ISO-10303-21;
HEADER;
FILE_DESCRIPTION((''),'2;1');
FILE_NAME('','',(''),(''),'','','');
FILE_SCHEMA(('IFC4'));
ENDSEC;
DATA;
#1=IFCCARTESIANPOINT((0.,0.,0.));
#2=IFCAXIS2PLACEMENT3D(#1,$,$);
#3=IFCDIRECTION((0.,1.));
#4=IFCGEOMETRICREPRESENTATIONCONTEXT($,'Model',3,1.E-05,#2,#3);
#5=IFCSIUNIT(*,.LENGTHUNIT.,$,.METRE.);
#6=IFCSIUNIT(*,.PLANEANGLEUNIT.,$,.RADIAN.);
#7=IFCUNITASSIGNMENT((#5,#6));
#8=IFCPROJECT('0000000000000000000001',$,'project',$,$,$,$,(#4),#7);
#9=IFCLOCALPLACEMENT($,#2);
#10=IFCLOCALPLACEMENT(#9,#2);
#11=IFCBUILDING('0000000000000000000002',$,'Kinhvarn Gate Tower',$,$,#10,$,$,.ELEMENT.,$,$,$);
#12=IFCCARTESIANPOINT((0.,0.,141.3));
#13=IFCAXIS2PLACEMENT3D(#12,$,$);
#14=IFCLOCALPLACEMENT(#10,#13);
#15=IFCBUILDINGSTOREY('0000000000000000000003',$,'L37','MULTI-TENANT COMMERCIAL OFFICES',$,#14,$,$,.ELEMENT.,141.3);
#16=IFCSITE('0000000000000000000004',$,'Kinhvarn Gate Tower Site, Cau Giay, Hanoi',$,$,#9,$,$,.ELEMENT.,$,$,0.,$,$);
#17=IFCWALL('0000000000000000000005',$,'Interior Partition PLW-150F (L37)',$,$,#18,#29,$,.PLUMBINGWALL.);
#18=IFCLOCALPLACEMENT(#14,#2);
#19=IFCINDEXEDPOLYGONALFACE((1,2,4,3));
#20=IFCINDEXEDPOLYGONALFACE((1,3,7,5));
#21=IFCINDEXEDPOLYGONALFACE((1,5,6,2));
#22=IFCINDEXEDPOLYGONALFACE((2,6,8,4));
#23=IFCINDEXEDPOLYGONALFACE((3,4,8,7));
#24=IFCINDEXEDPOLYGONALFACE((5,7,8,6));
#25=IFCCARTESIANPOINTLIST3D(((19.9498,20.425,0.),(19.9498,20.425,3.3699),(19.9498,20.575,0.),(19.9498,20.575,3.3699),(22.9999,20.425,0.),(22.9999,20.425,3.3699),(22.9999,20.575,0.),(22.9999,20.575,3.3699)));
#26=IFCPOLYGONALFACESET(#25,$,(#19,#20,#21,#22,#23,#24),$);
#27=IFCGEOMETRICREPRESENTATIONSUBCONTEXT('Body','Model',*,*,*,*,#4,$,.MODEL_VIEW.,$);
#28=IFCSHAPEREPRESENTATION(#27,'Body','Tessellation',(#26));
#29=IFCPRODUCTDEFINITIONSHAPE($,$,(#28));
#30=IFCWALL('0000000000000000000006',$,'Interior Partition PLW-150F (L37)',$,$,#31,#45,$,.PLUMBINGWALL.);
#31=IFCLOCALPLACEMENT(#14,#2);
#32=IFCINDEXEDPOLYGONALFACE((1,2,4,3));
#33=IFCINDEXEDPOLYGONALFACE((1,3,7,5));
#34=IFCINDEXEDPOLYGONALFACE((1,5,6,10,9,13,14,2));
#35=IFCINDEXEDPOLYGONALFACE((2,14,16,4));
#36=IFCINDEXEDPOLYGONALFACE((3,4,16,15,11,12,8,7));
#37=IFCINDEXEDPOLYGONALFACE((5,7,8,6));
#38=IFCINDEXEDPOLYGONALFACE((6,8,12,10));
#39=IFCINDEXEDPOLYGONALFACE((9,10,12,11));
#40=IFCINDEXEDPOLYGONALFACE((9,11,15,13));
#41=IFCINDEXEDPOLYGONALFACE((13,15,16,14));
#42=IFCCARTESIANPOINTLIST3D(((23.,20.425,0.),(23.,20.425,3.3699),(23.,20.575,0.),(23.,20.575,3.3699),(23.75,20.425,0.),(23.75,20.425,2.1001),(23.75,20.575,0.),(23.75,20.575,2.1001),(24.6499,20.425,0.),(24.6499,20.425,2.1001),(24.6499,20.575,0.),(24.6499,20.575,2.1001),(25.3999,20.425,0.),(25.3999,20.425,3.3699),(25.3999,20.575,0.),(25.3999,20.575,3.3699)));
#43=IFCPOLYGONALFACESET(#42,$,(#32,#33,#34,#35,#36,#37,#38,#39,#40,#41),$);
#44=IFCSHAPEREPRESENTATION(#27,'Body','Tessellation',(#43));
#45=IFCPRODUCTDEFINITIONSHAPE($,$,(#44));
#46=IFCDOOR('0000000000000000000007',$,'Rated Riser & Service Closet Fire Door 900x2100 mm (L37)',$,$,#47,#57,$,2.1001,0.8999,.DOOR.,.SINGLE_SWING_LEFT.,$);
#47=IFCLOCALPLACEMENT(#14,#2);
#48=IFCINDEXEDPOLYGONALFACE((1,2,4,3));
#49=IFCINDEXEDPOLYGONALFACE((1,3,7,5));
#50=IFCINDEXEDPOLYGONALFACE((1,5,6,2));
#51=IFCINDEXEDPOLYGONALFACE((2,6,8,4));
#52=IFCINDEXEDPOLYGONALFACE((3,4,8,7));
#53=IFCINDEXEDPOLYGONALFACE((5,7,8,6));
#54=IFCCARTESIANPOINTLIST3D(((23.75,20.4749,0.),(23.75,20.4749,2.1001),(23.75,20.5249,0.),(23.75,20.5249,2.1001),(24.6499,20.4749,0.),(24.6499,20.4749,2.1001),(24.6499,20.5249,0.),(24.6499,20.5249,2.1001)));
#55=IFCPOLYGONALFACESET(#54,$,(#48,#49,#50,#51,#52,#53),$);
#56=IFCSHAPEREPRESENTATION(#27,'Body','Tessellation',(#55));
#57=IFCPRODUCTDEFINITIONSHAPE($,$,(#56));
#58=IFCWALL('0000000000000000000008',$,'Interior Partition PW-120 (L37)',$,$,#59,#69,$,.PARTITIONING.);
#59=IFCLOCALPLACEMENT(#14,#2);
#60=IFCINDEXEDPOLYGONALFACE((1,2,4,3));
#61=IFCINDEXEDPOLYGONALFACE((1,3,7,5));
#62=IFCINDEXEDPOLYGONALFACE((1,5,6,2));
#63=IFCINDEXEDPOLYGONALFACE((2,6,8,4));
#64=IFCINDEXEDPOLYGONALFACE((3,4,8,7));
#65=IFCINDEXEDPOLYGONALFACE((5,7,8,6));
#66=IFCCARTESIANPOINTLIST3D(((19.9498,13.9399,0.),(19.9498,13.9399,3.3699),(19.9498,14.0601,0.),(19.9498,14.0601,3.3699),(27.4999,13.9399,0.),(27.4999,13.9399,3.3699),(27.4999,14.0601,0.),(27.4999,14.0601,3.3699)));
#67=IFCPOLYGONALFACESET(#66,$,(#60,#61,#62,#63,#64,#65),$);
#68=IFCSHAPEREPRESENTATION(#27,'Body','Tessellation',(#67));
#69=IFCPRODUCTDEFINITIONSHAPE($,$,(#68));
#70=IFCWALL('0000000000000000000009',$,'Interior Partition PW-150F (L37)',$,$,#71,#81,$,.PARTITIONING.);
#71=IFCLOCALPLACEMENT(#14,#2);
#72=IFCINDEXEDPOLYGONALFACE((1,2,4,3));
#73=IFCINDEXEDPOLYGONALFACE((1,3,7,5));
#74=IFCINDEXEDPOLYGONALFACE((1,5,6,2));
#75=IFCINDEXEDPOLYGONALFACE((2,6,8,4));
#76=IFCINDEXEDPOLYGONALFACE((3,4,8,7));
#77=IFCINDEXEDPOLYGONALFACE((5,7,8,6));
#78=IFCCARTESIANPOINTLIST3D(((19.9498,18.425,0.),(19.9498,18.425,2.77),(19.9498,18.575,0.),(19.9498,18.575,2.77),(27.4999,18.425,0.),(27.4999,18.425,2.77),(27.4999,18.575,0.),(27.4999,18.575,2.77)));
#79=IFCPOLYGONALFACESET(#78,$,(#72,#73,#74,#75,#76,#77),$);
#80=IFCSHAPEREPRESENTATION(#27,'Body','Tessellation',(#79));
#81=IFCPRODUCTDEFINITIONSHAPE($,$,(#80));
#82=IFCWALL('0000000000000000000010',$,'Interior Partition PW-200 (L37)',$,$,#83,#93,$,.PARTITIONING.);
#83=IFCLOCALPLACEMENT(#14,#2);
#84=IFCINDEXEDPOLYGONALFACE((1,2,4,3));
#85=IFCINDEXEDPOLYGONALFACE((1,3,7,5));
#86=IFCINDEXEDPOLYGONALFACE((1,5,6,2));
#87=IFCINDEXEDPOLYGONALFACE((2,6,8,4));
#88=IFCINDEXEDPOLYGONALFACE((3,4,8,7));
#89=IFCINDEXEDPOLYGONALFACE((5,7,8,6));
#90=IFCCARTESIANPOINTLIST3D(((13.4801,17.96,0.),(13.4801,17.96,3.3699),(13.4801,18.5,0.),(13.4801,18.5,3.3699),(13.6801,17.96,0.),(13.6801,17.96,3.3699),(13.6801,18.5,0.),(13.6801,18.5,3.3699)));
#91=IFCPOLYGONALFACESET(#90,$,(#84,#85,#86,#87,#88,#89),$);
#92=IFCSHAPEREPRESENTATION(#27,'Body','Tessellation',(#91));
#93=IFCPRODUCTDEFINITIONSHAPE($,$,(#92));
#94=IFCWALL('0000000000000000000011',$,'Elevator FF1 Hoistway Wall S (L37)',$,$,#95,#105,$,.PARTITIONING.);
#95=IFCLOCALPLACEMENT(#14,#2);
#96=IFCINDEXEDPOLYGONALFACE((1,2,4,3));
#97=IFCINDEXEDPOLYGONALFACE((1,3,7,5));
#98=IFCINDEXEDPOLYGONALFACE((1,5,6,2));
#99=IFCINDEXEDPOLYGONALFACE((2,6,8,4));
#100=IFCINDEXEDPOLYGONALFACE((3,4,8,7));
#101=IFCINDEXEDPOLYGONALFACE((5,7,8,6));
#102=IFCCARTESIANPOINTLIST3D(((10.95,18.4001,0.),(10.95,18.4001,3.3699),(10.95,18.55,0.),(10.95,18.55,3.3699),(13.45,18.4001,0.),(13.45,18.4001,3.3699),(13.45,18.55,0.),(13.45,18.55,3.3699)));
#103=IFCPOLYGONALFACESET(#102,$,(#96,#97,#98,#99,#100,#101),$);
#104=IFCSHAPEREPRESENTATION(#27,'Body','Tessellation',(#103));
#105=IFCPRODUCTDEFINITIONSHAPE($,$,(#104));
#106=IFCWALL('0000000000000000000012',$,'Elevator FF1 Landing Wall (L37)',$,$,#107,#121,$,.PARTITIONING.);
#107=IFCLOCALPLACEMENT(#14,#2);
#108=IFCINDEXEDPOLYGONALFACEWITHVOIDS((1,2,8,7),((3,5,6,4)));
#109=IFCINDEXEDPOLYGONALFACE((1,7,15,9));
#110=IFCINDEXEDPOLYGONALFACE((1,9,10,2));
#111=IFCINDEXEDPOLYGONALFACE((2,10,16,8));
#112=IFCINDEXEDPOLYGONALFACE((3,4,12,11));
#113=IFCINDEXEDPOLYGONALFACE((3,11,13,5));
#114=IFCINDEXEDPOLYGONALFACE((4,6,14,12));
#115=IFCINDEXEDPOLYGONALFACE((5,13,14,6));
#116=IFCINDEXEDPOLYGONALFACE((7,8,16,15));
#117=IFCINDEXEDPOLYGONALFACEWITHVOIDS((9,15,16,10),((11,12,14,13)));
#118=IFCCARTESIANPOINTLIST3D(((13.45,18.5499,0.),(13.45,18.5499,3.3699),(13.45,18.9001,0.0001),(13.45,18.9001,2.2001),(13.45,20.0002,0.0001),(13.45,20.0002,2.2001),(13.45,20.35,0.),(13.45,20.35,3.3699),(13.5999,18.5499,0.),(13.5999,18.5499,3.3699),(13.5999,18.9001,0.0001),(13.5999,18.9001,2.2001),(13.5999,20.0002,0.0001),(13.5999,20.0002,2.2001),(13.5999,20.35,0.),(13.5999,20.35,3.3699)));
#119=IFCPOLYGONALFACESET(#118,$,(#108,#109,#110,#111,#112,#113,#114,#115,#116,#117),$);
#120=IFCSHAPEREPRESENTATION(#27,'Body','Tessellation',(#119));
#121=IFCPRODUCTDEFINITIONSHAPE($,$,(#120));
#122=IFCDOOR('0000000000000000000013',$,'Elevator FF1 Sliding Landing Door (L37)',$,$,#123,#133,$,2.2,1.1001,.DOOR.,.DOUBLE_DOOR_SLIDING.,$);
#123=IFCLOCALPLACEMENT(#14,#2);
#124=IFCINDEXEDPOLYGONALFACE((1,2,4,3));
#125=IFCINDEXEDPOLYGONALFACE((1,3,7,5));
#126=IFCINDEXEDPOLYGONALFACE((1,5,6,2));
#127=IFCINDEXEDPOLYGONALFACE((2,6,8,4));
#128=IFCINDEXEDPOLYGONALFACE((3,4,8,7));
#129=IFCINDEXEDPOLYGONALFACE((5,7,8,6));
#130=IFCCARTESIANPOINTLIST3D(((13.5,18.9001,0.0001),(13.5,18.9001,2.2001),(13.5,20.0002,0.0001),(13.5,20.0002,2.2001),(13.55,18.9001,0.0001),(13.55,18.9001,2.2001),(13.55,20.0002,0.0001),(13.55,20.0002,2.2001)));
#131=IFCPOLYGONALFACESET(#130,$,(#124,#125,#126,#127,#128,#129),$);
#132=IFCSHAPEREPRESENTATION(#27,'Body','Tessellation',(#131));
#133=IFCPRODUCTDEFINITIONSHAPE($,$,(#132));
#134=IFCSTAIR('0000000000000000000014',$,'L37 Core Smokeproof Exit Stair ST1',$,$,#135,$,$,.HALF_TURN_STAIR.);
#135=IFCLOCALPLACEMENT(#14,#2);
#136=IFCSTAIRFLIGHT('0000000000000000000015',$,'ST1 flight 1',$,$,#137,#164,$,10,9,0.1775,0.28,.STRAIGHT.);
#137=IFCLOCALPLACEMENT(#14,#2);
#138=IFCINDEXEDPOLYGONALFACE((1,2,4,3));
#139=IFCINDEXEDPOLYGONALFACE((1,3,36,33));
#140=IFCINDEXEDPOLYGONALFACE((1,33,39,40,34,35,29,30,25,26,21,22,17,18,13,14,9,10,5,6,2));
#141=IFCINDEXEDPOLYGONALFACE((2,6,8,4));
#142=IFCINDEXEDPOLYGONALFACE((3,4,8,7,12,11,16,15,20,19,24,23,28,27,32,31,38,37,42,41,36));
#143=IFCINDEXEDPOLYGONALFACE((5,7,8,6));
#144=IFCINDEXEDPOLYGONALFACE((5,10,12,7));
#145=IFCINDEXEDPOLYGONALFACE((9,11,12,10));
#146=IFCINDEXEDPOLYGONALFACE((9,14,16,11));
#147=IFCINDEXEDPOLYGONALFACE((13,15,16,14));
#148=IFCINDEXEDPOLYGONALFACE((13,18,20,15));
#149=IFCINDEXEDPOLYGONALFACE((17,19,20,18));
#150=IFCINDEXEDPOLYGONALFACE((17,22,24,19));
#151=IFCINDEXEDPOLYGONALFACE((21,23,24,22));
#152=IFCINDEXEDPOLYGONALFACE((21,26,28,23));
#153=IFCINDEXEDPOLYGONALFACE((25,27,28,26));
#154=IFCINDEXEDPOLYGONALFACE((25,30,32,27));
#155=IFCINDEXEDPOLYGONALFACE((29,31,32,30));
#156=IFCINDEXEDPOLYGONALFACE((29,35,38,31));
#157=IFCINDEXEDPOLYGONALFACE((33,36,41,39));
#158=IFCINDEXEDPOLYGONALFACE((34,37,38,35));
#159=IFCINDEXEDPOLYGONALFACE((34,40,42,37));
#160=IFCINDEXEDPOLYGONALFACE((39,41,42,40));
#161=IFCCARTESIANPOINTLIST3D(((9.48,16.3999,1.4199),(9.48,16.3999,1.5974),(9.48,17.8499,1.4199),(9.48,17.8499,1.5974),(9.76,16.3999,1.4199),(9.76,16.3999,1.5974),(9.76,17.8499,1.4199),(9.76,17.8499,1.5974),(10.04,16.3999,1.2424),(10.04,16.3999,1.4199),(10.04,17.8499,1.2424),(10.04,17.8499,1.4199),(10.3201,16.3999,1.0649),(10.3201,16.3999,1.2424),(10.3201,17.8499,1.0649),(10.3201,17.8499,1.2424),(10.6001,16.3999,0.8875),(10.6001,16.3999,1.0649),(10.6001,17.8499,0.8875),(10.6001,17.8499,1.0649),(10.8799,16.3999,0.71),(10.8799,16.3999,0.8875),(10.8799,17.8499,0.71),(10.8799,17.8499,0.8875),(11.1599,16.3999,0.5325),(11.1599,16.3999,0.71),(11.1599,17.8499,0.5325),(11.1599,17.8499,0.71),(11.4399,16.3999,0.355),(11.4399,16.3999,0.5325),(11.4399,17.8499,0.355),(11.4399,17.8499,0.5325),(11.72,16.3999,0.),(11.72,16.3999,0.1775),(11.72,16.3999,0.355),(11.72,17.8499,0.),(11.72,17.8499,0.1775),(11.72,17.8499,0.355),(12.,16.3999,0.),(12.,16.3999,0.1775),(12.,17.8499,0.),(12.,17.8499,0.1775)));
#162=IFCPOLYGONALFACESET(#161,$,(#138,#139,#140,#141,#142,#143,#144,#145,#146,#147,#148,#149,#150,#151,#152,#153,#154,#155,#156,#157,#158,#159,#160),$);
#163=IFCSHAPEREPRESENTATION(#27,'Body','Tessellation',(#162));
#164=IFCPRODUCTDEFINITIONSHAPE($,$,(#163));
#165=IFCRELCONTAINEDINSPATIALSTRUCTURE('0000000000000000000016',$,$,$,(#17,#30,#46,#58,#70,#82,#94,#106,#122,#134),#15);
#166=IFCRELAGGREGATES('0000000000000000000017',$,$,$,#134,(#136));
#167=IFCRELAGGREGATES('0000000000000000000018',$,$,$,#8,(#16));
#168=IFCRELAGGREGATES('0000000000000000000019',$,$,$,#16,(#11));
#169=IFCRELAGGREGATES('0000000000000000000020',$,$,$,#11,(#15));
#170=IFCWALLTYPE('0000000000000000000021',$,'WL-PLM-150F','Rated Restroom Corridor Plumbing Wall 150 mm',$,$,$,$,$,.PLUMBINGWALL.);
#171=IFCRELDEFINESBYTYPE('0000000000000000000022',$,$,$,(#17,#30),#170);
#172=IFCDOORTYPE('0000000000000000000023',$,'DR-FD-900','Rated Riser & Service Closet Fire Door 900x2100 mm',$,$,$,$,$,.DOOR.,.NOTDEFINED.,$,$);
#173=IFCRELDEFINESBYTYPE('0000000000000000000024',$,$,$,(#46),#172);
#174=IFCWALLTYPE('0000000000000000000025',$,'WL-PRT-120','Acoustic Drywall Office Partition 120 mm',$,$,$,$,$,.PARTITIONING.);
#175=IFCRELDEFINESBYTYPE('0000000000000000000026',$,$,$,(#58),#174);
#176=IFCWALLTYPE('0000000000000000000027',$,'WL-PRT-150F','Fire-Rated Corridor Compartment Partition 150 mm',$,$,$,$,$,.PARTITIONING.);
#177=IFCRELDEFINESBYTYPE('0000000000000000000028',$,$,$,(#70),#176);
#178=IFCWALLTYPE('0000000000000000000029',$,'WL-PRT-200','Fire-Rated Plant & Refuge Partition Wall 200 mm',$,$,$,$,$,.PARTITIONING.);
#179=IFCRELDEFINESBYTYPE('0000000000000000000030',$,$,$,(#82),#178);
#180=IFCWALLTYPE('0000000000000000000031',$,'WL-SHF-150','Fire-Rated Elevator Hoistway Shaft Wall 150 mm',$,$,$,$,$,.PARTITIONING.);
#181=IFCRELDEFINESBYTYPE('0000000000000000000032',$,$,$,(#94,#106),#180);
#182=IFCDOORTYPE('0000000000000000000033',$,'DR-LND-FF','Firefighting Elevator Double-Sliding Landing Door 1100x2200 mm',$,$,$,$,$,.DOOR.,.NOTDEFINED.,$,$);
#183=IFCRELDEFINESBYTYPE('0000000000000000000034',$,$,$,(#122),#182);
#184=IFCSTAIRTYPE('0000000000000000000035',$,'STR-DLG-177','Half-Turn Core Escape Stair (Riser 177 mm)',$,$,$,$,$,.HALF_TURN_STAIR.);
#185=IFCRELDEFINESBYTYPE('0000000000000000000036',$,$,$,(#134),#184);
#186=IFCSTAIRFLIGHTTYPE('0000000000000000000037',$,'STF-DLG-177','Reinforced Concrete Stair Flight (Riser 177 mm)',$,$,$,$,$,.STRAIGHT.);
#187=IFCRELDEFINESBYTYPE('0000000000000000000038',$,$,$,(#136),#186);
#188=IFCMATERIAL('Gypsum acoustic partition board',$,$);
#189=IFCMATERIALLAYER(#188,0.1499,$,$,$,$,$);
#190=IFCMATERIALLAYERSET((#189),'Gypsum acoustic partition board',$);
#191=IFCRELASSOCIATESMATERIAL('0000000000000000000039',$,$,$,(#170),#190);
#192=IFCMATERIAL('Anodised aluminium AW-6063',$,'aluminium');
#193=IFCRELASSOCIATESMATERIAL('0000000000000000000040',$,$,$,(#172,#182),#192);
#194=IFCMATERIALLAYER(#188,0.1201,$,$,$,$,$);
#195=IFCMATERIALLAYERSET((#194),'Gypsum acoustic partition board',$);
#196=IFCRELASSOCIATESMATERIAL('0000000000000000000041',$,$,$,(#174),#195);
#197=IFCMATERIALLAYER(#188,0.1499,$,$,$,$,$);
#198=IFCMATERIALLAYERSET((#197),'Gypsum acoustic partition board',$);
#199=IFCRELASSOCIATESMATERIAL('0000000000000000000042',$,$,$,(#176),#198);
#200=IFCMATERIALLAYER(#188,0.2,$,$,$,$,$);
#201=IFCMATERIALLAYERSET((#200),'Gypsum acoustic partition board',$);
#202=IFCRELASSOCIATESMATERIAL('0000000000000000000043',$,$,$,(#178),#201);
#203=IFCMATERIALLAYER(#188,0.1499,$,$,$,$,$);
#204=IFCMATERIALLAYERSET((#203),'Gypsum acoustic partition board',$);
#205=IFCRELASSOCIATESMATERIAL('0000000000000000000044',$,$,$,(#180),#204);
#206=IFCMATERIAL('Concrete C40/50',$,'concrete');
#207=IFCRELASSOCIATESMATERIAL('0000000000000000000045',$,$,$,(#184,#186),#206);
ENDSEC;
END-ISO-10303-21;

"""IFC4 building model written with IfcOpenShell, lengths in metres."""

from ifc_helpers import new_model, si_unit, direction, frame, frame_2d, origin, place, context, subcontext, project, spatial, polyline, rectangle, outline, extrude, material, layer, layer_set, type_object, element, fill, aggregate, save


model = new_model("IFC4")

# Units and contexts
model_context = context("Model", 3, precision=1e-05, world=origin(), true_north=direction((0.0, 1.0)))
body_context = subcontext(model_context, "Body", "Model", "MODEL_VIEW")
ifc_project = project(units=[si_unit("LENGTHUNIT", "METRE"), si_unit("PLANEANGLEUNIT", "RADIAN")], contexts=[model_context])

# Site, building, storey
site_placement = place(None, origin())
site = spatial("IfcSite", under=ifc_project, at=site_placement, Name="Kinhvarn Gate Tower Site, Cau Giay, Hanoi", CompositionType="ELEMENT", RefElevation=0.0)
building_placement = place(site_placement, origin())
building = spatial("IfcBuilding", under=site, at=building_placement, Name="Kinhvarn Gate Tower", CompositionType="ELEMENT")
storey_placement = place(building_placement, frame((0.0, 0.0, 141.3)))
storey = spatial("IfcBuildingStorey", under=building, at=storey_placement, Name="L37", Description="MULTI-TENANT COMMERCIAL OFFICES", CompositionType="ELEMENT", Elevation=141.3)

# Shared definitions
ifc_material_1 = material(Name="Anodised aluminium AW-6063", Category="aluminium")

# Shared definitions
ifc_material_2 = material(Name="Gypsum acoustic partition board")

# Shared definitions
ifc_layer_1 = layer(ifc_material_2, 0.1499)
ifc_layer_set_1 = layer_set([ifc_layer_1], Name="Gypsum acoustic partition board")
wall_type_1 = type_object("IfcWallType", Name="WL-PLM-150F", Description="Rated Restroom Corridor Plumbing Wall 150 mm", PredefinedType="PLUMBINGWALL", material=ifc_layer_set_1)
door_type_1 = type_object("IfcDoorType", Name="DR-FD-900", Description="Rated Riser & Service Closet Fire Door 900x2100 mm", OperationType="NOTDEFINED", PredefinedType="DOOR", material=ifc_material_1)

# Wall
wall_1_placement = place(storey_placement, frame((19.95, 20.5, 0.0), z_axis=(0.0, 0.0, 1.0), x_axis=(1.0, 0.0, 0.0)))
element("IfcWall", 1, at=wall_1_placement, inside=storey, type_object=wall_type_1, Name="Interior Partition PLW-150F (L37)", PredefinedType="PLUMBINGWALL", context=body_context, shape_type="SweptSolid", body=[
    extrude(rectangle(XDim=3.05, YDim=0.1499, at=frame_2d((1.5249, 0.0))), origin(), (0.0, 0.0, 1.0), 3.3699),
])

# Wall, opening, door
wall_2_placement = place(storey_placement, frame((23.0, 20.5, 0.0), z_axis=(0.0, 0.0, 1.0), x_axis=(1.0, 0.0, 0.0)))
wall_2 = element("IfcWall", 2, at=wall_2_placement, inside=storey, type_object=wall_type_1, Name="Interior Partition PLW-150F (L37)", PredefinedType="PLUMBINGWALL", context=body_context, shape_type="SweptSolid", body=[
    extrude(rectangle(XDim=2.3999, YDim=0.1499, at=frame_2d((1.2, 0.0))), origin(), (0.0, 0.0, 1.0), 3.3699),
])
opening_1_placement = place(wall_2_placement, frame((0.75, 0.0, 0.0)))
opening_1 = element("IfcOpeningElement", 3, at=opening_1_placement, cuts=wall_2, PredefinedType="OPENING", context=body_context, shape_type="SweptSolid", body=[
    extrude(rectangle(XDim=0.8999, YDim=2.1001, at=frame_2d((0.45, 1.05))), frame((0.0, 0.085, 0.0), z_axis=(0.0, -1.0, 0.0), x_axis=(1.0, 0.0, 0.0)), (0.0, 0.0, 1.0), 0.1699),
])
door_1_placement = place(opening_1_placement, origin())
door_1 = element("IfcDoor", 4, at=door_1_placement, inside=storey, type_object=door_type_1, Name="Rated Riser & Service Closet Fire Door 900x2100 mm (L37)", OperationType="SINGLE_SWING_LEFT", OverallHeight=2.1001, OverallWidth=0.8999, PredefinedType="DOOR", context=body_context, shape_type="SweptSolid", body=[
    extrude(rectangle(XDim=0.8999, YDim=2.1001, at=frame_2d((0.45, 1.05))), frame((0.0, 0.0249, 0.0), z_axis=(0.0, -1.0, 0.0), x_axis=(1.0, 0.0, 0.0)), (0.0, 0.0, 1.0), 0.05),
])
fill(opening_1, door_1)

# Wall
ifc_layer_2 = layer(ifc_material_2, 0.1201)
ifc_layer_set_2 = layer_set([ifc_layer_2], Name="Gypsum acoustic partition board")
wall_type_2 = type_object("IfcWallType", Name="WL-PRT-120", Description="Acoustic Drywall Office Partition 120 mm", PredefinedType="PARTITIONING", material=ifc_layer_set_2)
wall_3_placement = place(storey_placement, frame((19.95, 14.0, 0.0), z_axis=(0.0, 0.0, 1.0), x_axis=(1.0, 0.0, 0.0)))
element("IfcWall", 5, at=wall_3_placement, inside=storey, type_object=wall_type_2, Name="Interior Partition PW-120 (L37)", PredefinedType="PARTITIONING", context=body_context, shape_type="SweptSolid", body=[
    extrude(rectangle(XDim=7.55, YDim=0.1201, at=frame_2d((3.7749, 0.0))), origin(), (0.0, 0.0, 1.0), 3.3699),
])

# Shared definitions
ifc_layer_3 = layer(ifc_material_2, 0.1499)
ifc_layer_set_3 = layer_set([ifc_layer_3], Name="Gypsum acoustic partition board")
wall_type_3 = type_object("IfcWallType", Name="WL-PRT-150F", Description="Fire-Rated Corridor Compartment Partition 150 mm", PredefinedType="PARTITIONING", material=ifc_layer_set_3)

# Walls
wall_4_placement = place(storey_placement, frame((19.95, 18.5, 0.0), z_axis=(0.0, 0.0, 1.0), x_axis=(1.0, 0.0, 0.0)))
element("IfcWall", 6, at=wall_4_placement, inside=storey, type_object=wall_type_3, Name="Interior Partition PW-150F (L37)", PredefinedType="PARTITIONING", context=body_context, shape_type="SweptSolid", body=[
    extrude(rectangle(XDim=7.55, YDim=0.1499, at=frame_2d((3.7749, 0.0))), origin(), (0.0, 0.0, 1.0), 2.77),
])
ifc_layer_4 = layer(ifc_material_2, 0.2)
ifc_layer_set_4 = layer_set([ifc_layer_4], Name="Gypsum acoustic partition board")
wall_type_4 = type_object("IfcWallType", Name="WL-PRT-200", Description="Fire-Rated Plant & Refuge Partition Wall 200 mm", PredefinedType="PARTITIONING", material=ifc_layer_set_4)
wall_5_placement = place(storey_placement, frame((13.5801, 17.96, 0.0), z_axis=(0.0, 0.0, 1.0), x_axis=(0.0, 1.0, 0.0)))
element("IfcWall", 7, at=wall_5_placement, inside=storey, type_object=wall_type_4, Name="Interior Partition PW-200 (L37)", PredefinedType="PARTITIONING", context=body_context, shape_type="SweptSolid", body=[
    extrude(rectangle(XDim=0.54, YDim=0.2, at=frame_2d((0.27, 0.0))), origin(), (0.0, 0.0, 1.0), 3.3699),
])
ifc_layer_5 = layer(ifc_material_2, 0.1499)
ifc_layer_set_5 = layer_set([ifc_layer_5], Name="Gypsum acoustic partition board")
wall_type_5 = type_object("IfcWallType", Name="WL-SHF-150", Description="Fire-Rated Elevator Hoistway Shaft Wall 150 mm", PredefinedType="PARTITIONING", material=ifc_layer_set_5)
wall_6_placement = place(storey_placement, frame((10.95, 18.4751, 0.0), z_axis=(0.0, 0.0, 1.0), x_axis=(1.0, 0.0, 0.0)))
element("IfcWall", 8, at=wall_6_placement, inside=storey, type_object=wall_type_5, Name="Elevator FF1 Hoistway Wall S (L37)", PredefinedType="PARTITIONING", context=body_context, shape_type="SweptSolid", body=[
    extrude(rectangle(XDim=2.5, YDim=0.1499, at=frame_2d((1.25, 0.0))), origin(), (0.0, 0.0, 1.0), 3.3699),
])

# Wall, opening, door
wall_7_placement = place(storey_placement, frame((13.5249, 18.55, 0.0), z_axis=(0.0, 0.0, 1.0), x_axis=(0.0, 1.0, 0.0)))
wall_7 = element("IfcWall", 9, at=wall_7_placement, inside=storey, type_object=wall_type_5, Name="Elevator FF1 Landing Wall (L37)", PredefinedType="PARTITIONING", context=body_context, shape_type="SweptSolid", body=[
    extrude(rectangle(XDim=1.8, YDim=0.1499, at=frame_2d((0.8999, 0.0))), origin(), (0.0, 0.0, 1.0), 3.3699),
])
opening_2_placement = place(wall_7_placement, frame((0.3501, 0.0, 0.0)))
opening_2 = element("IfcOpeningElement", 10, at=opening_2_placement, cuts=wall_7, PredefinedType="OPENING", context=body_context, shape_type="SweptSolid", body=[
    extrude(rectangle(XDim=1.1001, YDim=2.2, at=frame_2d((0.55, 1.1001))), frame((0.0, 0.085, 0.0), z_axis=(0.0, -1.0, 0.0), x_axis=(1.0, 0.0, 0.0)), (0.0, 0.0, 1.0), 0.1699),
])
door_type_2 = type_object("IfcDoorType", Name="DR-LND-FF", Description="Firefighting Elevator Double-Sliding Landing Door 1100x2200 mm", OperationType="NOTDEFINED", PredefinedType="DOOR", material=ifc_material_1)
door_2_placement = place(opening_2_placement, origin())
door_2 = element("IfcDoor", 11, at=door_2_placement, inside=storey, type_object=door_type_2, Name="Elevator FF1 Sliding Landing Door (L37)", OperationType="DOUBLE_DOOR_SLIDING", OverallHeight=2.2, OverallWidth=1.1001, PredefinedType="DOOR", context=body_context, shape_type="SweptSolid", body=[
    extrude(rectangle(XDim=1.1001, YDim=2.2, at=frame_2d((0.55, 1.1001))), frame((0.0, 0.0249, 0.0), z_axis=(0.0, -1.0, 0.0), x_axis=(1.0, 0.0, 0.0)), (0.0, 0.0, 1.0), 0.05),
])
fill(opening_2, door_2)
ifc_material_3 = material(Name="Concrete C40/50", Category="concrete")

# Stair, stair flight
stair_type = type_object("IfcStairType", Name="STR-DLG-177", Description="Half-Turn Core Escape Stair (Riser 177 mm)", PredefinedType="HALF_TURN_STAIR", material=ifc_material_3)
stair_placement = place(storey_placement, origin())
stair = element("IfcStair", 12, at=stair_placement, inside=storey, type_object=stair_type, Name="L37 Core Smokeproof Exit Stair ST1", PredefinedType="HALF_TURN_STAIR")
stair_flight_type = type_object("IfcStairFlightType", Name="STF-DLG-177", Description="Reinforced Concrete Stair Flight (Riser 177 mm)", PredefinedType="STRAIGHT", material=ifc_material_3)
stair_flight_placement = place(storey_placement, frame((12.0, 17.125, 0.0), z_axis=(0.0, 0.0, 1.0), x_axis=(-1.0, 0.0, 0.0)))
stair_flight = element("IfcStairFlight", 13, at=stair_flight_placement, type_object=stair_flight_type, Name="ST1 flight 1", NumberOfRisers=10, NumberOfTreads=9, PredefinedType="STRAIGHT", RiserHeight=0.1775, TreadLength=0.28, context=body_context, shape_type="SweptSolid", body=[
    extrude(outline(polyline([(0.0, 0.0), (0.0, 0.1775), (0.28, 0.1775), (0.28, 0.355), (0.5601, 0.355), (0.5601, 0.5325), (0.8401, 0.5325), (0.8401, 0.71), (1.1201, 0.71), (1.1201, 0.8875), (1.3999, 0.8875), (1.3999, 1.0649), (1.6799, 1.0649), (1.6799, 1.2424), (1.96, 1.2424), (1.96, 1.4199), (2.24, 1.4199), (2.24, 1.5974), (2.52, 1.5974), (2.52, 1.7749), (2.52, 1.4199), (0.28, 0.0), (0.0, 0.0)])), frame((0.0, 0.7251, 0.0), z_axis=(0.0, -1.0, 0.0), x_axis=(1.0, 0.0, 0.0)), (0.0, 0.0, 1.0), 1.45),
])
aggregate(stair, [stair_flight])

save(model, "model.ifc")
